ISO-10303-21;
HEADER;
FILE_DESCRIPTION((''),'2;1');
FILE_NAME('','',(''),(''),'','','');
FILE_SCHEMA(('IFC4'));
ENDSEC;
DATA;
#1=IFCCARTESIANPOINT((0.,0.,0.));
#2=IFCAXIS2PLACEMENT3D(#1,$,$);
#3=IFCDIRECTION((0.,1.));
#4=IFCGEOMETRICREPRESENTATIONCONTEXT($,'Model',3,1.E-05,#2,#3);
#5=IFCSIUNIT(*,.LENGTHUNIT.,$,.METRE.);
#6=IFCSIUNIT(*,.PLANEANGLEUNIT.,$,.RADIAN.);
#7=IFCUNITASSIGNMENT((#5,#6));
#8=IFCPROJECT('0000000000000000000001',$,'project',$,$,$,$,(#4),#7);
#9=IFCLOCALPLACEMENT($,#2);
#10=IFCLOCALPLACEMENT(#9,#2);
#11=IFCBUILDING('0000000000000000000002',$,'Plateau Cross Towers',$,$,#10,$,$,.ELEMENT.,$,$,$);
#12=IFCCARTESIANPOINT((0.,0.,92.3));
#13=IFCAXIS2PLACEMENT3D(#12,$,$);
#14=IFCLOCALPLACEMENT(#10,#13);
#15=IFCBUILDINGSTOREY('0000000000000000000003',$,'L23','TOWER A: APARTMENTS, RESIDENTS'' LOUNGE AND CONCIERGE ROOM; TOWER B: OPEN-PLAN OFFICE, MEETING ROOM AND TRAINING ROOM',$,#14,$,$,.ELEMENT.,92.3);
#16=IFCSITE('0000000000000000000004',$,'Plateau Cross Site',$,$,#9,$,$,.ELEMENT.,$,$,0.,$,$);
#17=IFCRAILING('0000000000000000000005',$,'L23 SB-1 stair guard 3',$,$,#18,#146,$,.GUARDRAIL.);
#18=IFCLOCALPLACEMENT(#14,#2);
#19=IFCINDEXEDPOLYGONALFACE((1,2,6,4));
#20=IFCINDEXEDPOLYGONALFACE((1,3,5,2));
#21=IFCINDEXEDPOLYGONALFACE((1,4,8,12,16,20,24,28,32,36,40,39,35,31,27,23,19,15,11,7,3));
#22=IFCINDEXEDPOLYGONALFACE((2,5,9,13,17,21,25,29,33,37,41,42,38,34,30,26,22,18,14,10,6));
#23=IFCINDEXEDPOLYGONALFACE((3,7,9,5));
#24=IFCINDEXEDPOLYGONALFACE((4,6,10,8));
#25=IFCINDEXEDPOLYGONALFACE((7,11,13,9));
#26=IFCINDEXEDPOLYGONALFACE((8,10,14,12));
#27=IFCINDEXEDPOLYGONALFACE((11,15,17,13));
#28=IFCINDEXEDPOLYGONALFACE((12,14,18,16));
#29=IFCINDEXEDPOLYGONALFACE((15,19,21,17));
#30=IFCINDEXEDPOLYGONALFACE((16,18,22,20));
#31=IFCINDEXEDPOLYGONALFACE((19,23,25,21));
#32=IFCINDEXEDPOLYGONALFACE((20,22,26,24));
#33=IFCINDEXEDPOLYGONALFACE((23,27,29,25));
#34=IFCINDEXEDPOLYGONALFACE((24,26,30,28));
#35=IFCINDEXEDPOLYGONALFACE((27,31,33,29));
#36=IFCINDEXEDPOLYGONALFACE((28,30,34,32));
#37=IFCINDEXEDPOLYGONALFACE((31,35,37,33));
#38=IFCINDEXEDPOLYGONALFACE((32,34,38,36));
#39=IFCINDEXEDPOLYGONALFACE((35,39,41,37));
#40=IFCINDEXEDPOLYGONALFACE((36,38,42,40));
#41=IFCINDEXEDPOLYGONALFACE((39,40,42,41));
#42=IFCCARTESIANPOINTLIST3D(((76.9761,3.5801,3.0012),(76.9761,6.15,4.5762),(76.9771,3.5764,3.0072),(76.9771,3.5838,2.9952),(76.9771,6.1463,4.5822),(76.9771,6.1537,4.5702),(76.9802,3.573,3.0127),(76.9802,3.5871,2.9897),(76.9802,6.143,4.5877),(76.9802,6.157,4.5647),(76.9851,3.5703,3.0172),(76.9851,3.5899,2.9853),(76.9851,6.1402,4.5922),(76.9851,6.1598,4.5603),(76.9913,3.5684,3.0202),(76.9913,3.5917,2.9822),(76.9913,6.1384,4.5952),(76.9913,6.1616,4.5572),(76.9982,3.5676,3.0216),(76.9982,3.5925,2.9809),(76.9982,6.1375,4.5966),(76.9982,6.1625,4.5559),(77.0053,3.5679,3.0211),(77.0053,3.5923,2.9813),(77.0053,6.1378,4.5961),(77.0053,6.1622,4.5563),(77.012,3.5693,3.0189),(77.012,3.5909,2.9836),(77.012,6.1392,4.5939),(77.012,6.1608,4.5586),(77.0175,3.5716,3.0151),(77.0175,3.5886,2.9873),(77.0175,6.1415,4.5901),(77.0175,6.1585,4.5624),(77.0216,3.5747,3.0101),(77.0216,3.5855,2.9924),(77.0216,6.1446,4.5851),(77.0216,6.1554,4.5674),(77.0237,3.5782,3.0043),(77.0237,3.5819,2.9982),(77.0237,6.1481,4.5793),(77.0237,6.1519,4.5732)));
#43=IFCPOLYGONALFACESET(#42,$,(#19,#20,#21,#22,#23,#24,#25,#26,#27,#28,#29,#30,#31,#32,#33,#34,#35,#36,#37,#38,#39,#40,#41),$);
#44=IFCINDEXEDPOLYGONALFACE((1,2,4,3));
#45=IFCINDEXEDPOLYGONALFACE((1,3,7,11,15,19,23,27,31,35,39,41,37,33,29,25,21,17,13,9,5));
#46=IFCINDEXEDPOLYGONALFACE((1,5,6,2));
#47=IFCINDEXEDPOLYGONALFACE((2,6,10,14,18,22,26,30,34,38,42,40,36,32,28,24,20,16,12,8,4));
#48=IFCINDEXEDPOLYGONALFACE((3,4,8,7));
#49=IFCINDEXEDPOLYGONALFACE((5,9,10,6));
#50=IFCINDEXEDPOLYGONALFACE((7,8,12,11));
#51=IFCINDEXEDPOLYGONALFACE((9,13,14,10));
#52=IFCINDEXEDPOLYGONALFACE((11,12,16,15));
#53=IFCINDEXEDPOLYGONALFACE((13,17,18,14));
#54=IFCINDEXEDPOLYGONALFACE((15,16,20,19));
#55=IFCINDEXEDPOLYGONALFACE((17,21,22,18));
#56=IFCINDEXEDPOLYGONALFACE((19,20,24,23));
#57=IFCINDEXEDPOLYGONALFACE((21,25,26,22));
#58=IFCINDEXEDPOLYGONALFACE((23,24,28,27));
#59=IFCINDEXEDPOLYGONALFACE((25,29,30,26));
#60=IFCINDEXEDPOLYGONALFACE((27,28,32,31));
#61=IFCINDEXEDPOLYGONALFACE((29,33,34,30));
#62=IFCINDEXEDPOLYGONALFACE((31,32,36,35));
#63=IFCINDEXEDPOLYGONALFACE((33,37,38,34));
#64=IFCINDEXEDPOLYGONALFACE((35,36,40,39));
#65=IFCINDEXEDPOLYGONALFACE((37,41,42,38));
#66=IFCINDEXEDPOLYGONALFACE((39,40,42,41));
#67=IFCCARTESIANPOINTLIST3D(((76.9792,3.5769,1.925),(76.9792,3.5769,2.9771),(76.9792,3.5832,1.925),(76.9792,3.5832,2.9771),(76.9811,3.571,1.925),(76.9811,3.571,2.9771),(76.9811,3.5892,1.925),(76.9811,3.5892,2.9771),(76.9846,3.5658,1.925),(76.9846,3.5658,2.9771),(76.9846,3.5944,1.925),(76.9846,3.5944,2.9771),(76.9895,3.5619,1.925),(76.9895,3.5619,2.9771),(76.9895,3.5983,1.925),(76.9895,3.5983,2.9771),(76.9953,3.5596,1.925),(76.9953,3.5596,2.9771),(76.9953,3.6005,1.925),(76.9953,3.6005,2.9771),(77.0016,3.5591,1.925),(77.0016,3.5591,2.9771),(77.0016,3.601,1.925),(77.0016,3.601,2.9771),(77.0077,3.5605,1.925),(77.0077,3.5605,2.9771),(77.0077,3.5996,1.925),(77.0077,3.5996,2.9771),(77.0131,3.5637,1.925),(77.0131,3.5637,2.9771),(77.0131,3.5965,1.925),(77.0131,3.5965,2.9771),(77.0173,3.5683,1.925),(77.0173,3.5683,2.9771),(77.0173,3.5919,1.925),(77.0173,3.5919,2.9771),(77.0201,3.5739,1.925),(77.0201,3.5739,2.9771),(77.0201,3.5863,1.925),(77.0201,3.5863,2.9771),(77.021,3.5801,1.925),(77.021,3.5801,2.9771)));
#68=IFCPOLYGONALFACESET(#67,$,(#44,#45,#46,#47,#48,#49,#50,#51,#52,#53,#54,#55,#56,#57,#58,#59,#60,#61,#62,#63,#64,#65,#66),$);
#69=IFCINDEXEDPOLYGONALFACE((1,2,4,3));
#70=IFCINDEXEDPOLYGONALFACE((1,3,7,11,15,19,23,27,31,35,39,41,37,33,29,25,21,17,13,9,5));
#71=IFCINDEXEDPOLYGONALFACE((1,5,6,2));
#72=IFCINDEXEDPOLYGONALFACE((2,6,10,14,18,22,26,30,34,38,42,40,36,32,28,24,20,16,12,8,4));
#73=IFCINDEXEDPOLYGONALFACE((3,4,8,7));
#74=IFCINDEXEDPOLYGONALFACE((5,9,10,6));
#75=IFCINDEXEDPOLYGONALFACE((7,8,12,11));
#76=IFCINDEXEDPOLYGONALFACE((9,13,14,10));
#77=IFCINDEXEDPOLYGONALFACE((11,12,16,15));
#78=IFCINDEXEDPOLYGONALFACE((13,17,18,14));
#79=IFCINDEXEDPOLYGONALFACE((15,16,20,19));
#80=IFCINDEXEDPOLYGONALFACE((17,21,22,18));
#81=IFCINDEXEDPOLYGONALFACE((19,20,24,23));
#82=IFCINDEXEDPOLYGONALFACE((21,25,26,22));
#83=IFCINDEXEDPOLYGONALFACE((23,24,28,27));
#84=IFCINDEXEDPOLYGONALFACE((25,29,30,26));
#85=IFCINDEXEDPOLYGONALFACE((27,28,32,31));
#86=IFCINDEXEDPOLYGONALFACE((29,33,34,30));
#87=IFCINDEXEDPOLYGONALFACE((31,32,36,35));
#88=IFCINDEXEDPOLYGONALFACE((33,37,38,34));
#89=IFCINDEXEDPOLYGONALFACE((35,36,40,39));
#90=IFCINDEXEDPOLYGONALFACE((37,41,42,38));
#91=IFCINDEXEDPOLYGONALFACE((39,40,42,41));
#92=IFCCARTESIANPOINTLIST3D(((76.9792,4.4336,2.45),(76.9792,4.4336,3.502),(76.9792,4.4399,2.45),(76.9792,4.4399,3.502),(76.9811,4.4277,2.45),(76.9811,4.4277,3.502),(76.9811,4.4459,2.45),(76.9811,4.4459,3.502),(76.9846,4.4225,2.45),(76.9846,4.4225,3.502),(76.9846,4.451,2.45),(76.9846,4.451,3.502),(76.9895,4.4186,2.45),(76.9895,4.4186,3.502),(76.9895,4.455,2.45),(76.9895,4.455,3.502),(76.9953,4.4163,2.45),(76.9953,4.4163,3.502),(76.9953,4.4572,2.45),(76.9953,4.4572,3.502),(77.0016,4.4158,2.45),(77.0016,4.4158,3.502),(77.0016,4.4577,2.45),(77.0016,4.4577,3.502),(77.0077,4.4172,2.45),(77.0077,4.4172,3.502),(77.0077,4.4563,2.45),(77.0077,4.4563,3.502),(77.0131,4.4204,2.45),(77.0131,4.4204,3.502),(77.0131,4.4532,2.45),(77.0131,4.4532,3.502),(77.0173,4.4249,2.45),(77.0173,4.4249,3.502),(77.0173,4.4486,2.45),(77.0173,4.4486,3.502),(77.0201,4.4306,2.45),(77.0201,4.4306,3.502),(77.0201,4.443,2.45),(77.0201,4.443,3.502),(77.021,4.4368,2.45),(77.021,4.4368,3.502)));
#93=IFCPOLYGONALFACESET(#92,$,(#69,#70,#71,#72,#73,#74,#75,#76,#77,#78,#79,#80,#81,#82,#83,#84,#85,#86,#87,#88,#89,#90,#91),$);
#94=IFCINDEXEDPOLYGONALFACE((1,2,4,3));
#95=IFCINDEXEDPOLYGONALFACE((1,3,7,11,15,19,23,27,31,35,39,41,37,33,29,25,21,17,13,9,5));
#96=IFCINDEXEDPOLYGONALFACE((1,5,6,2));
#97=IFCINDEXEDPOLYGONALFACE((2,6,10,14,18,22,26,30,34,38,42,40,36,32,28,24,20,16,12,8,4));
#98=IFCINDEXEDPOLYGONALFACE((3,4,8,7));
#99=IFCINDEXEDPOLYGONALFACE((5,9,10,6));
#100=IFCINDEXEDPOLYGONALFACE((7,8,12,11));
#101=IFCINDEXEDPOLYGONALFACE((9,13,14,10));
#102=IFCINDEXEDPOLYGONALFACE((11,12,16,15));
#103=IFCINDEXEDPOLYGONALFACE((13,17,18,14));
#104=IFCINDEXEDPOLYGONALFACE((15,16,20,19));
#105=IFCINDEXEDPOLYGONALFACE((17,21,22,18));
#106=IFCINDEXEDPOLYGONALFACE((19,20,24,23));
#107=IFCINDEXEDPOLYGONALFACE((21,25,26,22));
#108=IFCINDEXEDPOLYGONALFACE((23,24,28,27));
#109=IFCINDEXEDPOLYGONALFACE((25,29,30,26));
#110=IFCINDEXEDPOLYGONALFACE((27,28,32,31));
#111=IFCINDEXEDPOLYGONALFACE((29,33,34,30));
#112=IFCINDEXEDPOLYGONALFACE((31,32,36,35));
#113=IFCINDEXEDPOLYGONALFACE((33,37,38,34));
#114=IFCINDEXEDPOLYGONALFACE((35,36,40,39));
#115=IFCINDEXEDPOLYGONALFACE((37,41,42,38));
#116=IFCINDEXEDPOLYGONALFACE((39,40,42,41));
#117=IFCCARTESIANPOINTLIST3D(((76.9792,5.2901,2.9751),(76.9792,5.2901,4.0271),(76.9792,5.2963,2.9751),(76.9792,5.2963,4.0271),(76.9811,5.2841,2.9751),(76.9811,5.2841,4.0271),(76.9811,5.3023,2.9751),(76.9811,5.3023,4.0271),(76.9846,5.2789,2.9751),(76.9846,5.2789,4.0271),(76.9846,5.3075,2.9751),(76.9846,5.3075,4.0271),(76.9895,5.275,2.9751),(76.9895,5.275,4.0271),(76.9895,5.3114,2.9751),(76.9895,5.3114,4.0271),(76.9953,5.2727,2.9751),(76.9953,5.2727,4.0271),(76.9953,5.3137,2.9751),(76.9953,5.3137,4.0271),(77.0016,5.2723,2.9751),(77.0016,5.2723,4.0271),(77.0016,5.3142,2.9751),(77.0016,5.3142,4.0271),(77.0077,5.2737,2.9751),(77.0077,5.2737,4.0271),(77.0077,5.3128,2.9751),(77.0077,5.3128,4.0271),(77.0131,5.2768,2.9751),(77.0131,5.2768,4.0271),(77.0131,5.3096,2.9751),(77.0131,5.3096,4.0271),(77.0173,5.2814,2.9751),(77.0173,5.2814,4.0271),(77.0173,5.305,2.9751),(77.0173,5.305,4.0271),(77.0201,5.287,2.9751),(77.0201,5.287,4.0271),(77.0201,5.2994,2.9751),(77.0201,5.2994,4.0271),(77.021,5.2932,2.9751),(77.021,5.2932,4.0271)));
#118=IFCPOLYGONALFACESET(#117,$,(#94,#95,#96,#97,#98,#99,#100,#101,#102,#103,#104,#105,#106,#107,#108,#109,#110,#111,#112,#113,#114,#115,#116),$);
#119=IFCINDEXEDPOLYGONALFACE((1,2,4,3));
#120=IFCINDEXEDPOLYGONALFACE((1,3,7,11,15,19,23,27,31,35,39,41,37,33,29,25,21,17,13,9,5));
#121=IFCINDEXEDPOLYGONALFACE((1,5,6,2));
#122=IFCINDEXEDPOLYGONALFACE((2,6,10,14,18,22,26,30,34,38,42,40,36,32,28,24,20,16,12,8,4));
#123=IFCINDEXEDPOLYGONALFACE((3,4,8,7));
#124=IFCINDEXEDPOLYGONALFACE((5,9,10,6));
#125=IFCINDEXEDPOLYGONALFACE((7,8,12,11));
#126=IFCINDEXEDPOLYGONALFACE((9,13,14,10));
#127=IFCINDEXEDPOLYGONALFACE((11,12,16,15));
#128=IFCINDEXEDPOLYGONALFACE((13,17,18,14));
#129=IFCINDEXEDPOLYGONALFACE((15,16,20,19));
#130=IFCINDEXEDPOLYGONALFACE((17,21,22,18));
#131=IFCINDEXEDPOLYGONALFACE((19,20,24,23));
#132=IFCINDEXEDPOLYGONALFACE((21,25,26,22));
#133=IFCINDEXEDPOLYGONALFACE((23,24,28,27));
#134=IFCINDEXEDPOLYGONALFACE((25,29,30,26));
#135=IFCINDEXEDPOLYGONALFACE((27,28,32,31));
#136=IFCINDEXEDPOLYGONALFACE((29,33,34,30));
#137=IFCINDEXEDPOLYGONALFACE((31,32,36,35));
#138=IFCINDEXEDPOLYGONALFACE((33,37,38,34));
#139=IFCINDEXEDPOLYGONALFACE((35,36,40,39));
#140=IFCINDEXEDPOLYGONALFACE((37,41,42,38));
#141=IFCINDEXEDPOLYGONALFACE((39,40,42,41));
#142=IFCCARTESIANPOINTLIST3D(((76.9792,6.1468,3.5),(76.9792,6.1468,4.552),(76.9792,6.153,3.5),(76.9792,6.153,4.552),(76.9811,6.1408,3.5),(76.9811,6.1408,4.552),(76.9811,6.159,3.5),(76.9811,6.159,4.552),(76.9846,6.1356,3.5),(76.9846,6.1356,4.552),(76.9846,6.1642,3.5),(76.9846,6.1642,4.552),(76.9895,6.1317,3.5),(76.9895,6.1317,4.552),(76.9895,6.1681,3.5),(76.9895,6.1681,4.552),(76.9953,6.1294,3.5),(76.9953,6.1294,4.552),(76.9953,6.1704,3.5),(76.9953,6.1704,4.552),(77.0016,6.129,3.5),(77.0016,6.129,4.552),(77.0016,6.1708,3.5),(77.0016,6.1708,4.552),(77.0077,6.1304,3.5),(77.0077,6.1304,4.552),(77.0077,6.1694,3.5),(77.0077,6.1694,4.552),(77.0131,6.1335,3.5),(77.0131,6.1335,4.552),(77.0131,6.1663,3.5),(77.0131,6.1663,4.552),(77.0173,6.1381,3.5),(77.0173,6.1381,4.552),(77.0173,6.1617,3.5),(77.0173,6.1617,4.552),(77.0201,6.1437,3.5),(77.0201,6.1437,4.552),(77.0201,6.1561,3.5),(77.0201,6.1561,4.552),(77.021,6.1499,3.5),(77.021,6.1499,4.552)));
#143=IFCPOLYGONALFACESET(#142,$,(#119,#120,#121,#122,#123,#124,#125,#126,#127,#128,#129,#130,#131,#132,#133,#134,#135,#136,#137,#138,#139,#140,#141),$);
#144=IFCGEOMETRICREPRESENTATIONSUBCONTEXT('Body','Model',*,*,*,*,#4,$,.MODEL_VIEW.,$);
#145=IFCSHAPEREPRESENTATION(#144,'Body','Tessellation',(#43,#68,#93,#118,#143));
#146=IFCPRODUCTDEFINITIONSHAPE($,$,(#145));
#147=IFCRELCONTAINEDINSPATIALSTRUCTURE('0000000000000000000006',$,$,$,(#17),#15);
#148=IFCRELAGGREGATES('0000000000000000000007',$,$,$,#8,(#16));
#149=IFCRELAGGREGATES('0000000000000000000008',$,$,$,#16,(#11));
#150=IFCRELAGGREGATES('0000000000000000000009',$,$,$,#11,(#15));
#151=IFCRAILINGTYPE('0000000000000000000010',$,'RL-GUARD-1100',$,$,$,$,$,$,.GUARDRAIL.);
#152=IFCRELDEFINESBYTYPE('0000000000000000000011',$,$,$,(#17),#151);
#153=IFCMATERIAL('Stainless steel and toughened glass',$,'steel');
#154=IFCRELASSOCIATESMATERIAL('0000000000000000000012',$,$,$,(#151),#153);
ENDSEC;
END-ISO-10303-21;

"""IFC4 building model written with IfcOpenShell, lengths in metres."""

from ifc_helpers import new_model, si_unit, direction, frame, origin, origin_2d, place, context, subcontext, project, spatial, circle, extrude, material, type_object, element, save


model = new_model("IFC4")

# Units and contexts
model_context = context("Model", 3, precision=1e-05, world=origin(), true_north=direction((0.0, 1.0)))
body_context = subcontext(model_context, "Body", "Model", "MODEL_VIEW")
ifc_project = project(units=[si_unit("LENGTHUNIT", "METRE"), si_unit("PLANEANGLEUNIT", "RADIAN")], contexts=[model_context])

# Site, building, storey
site_placement = place(None, origin())
site = spatial("IfcSite", under=ifc_project, at=site_placement, Name="Plateau Cross Site", CompositionType="ELEMENT", RefElevation=0.0)
building_placement = place(site_placement, origin())
building = spatial("IfcBuilding", under=site, at=building_placement, Name="Plateau Cross Towers", CompositionType="ELEMENT")
storey_placement = place(building_placement, frame((0.0, 0.0, 92.3)))
storey = spatial("IfcBuildingStorey", under=building, at=storey_placement, Name="L23", Description="TOWER A: APARTMENTS, RESIDENTS' LOUNGE AND CONCIERGE ROOM; TOWER B: OPEN-PLAN OFFICE, MEETING ROOM AND TRAINING ROOM", CompositionType="ELEMENT", Elevation=92.3)

# Railing
ifc_material_1 = material(Name="Stainless steel and toughened glass", Category="steel")
railing_type_1 = type_object("IfcRailingType", Name="RL-GUARD-1100", PredefinedType="GUARDRAIL", material=ifc_material_1)
railing_1_placement = place(storey_placement, frame((77.0, 3.5801, 1.925)))
element("IfcRailing", 1, at=railing_1_placement, inside=storey, type_object=railing_type_1, Name="L23 SB-1 stair guard 3", PredefinedType="GUARDRAIL", context=body_context, shape_type="SweptSolid", body=[
    extrude(circle(Radius=0.0239, at=origin_2d()), frame((0.0, 0.0, 1.0762), z_axis=(0.0, 0.852616, 0.522537), x_axis=(-1.0, 0.0, 0.0)), (0.0, 0.0, 1.0), 3.0142),
    extrude(circle(Radius=0.021, at=origin_2d()), origin(), (0.0, 0.0, 1.0), 1.052),
    extrude(circle(Radius=0.021, at=origin_2d()), frame((0.0, 0.8567, 0.5249)), (0.0, 0.0, 1.0), 1.052),
    extrude(circle(Radius=0.021, at=origin_2d()), frame((0.0, 1.7131, 1.05)), (0.0, 0.0, 1.0), 1.052),
    extrude(circle(Radius=0.021, at=origin_2d()), frame((0.0, 2.5698, 1.575)), (0.0, 0.0, 1.0), 1.052),
])

save(model, "model.ifc")
